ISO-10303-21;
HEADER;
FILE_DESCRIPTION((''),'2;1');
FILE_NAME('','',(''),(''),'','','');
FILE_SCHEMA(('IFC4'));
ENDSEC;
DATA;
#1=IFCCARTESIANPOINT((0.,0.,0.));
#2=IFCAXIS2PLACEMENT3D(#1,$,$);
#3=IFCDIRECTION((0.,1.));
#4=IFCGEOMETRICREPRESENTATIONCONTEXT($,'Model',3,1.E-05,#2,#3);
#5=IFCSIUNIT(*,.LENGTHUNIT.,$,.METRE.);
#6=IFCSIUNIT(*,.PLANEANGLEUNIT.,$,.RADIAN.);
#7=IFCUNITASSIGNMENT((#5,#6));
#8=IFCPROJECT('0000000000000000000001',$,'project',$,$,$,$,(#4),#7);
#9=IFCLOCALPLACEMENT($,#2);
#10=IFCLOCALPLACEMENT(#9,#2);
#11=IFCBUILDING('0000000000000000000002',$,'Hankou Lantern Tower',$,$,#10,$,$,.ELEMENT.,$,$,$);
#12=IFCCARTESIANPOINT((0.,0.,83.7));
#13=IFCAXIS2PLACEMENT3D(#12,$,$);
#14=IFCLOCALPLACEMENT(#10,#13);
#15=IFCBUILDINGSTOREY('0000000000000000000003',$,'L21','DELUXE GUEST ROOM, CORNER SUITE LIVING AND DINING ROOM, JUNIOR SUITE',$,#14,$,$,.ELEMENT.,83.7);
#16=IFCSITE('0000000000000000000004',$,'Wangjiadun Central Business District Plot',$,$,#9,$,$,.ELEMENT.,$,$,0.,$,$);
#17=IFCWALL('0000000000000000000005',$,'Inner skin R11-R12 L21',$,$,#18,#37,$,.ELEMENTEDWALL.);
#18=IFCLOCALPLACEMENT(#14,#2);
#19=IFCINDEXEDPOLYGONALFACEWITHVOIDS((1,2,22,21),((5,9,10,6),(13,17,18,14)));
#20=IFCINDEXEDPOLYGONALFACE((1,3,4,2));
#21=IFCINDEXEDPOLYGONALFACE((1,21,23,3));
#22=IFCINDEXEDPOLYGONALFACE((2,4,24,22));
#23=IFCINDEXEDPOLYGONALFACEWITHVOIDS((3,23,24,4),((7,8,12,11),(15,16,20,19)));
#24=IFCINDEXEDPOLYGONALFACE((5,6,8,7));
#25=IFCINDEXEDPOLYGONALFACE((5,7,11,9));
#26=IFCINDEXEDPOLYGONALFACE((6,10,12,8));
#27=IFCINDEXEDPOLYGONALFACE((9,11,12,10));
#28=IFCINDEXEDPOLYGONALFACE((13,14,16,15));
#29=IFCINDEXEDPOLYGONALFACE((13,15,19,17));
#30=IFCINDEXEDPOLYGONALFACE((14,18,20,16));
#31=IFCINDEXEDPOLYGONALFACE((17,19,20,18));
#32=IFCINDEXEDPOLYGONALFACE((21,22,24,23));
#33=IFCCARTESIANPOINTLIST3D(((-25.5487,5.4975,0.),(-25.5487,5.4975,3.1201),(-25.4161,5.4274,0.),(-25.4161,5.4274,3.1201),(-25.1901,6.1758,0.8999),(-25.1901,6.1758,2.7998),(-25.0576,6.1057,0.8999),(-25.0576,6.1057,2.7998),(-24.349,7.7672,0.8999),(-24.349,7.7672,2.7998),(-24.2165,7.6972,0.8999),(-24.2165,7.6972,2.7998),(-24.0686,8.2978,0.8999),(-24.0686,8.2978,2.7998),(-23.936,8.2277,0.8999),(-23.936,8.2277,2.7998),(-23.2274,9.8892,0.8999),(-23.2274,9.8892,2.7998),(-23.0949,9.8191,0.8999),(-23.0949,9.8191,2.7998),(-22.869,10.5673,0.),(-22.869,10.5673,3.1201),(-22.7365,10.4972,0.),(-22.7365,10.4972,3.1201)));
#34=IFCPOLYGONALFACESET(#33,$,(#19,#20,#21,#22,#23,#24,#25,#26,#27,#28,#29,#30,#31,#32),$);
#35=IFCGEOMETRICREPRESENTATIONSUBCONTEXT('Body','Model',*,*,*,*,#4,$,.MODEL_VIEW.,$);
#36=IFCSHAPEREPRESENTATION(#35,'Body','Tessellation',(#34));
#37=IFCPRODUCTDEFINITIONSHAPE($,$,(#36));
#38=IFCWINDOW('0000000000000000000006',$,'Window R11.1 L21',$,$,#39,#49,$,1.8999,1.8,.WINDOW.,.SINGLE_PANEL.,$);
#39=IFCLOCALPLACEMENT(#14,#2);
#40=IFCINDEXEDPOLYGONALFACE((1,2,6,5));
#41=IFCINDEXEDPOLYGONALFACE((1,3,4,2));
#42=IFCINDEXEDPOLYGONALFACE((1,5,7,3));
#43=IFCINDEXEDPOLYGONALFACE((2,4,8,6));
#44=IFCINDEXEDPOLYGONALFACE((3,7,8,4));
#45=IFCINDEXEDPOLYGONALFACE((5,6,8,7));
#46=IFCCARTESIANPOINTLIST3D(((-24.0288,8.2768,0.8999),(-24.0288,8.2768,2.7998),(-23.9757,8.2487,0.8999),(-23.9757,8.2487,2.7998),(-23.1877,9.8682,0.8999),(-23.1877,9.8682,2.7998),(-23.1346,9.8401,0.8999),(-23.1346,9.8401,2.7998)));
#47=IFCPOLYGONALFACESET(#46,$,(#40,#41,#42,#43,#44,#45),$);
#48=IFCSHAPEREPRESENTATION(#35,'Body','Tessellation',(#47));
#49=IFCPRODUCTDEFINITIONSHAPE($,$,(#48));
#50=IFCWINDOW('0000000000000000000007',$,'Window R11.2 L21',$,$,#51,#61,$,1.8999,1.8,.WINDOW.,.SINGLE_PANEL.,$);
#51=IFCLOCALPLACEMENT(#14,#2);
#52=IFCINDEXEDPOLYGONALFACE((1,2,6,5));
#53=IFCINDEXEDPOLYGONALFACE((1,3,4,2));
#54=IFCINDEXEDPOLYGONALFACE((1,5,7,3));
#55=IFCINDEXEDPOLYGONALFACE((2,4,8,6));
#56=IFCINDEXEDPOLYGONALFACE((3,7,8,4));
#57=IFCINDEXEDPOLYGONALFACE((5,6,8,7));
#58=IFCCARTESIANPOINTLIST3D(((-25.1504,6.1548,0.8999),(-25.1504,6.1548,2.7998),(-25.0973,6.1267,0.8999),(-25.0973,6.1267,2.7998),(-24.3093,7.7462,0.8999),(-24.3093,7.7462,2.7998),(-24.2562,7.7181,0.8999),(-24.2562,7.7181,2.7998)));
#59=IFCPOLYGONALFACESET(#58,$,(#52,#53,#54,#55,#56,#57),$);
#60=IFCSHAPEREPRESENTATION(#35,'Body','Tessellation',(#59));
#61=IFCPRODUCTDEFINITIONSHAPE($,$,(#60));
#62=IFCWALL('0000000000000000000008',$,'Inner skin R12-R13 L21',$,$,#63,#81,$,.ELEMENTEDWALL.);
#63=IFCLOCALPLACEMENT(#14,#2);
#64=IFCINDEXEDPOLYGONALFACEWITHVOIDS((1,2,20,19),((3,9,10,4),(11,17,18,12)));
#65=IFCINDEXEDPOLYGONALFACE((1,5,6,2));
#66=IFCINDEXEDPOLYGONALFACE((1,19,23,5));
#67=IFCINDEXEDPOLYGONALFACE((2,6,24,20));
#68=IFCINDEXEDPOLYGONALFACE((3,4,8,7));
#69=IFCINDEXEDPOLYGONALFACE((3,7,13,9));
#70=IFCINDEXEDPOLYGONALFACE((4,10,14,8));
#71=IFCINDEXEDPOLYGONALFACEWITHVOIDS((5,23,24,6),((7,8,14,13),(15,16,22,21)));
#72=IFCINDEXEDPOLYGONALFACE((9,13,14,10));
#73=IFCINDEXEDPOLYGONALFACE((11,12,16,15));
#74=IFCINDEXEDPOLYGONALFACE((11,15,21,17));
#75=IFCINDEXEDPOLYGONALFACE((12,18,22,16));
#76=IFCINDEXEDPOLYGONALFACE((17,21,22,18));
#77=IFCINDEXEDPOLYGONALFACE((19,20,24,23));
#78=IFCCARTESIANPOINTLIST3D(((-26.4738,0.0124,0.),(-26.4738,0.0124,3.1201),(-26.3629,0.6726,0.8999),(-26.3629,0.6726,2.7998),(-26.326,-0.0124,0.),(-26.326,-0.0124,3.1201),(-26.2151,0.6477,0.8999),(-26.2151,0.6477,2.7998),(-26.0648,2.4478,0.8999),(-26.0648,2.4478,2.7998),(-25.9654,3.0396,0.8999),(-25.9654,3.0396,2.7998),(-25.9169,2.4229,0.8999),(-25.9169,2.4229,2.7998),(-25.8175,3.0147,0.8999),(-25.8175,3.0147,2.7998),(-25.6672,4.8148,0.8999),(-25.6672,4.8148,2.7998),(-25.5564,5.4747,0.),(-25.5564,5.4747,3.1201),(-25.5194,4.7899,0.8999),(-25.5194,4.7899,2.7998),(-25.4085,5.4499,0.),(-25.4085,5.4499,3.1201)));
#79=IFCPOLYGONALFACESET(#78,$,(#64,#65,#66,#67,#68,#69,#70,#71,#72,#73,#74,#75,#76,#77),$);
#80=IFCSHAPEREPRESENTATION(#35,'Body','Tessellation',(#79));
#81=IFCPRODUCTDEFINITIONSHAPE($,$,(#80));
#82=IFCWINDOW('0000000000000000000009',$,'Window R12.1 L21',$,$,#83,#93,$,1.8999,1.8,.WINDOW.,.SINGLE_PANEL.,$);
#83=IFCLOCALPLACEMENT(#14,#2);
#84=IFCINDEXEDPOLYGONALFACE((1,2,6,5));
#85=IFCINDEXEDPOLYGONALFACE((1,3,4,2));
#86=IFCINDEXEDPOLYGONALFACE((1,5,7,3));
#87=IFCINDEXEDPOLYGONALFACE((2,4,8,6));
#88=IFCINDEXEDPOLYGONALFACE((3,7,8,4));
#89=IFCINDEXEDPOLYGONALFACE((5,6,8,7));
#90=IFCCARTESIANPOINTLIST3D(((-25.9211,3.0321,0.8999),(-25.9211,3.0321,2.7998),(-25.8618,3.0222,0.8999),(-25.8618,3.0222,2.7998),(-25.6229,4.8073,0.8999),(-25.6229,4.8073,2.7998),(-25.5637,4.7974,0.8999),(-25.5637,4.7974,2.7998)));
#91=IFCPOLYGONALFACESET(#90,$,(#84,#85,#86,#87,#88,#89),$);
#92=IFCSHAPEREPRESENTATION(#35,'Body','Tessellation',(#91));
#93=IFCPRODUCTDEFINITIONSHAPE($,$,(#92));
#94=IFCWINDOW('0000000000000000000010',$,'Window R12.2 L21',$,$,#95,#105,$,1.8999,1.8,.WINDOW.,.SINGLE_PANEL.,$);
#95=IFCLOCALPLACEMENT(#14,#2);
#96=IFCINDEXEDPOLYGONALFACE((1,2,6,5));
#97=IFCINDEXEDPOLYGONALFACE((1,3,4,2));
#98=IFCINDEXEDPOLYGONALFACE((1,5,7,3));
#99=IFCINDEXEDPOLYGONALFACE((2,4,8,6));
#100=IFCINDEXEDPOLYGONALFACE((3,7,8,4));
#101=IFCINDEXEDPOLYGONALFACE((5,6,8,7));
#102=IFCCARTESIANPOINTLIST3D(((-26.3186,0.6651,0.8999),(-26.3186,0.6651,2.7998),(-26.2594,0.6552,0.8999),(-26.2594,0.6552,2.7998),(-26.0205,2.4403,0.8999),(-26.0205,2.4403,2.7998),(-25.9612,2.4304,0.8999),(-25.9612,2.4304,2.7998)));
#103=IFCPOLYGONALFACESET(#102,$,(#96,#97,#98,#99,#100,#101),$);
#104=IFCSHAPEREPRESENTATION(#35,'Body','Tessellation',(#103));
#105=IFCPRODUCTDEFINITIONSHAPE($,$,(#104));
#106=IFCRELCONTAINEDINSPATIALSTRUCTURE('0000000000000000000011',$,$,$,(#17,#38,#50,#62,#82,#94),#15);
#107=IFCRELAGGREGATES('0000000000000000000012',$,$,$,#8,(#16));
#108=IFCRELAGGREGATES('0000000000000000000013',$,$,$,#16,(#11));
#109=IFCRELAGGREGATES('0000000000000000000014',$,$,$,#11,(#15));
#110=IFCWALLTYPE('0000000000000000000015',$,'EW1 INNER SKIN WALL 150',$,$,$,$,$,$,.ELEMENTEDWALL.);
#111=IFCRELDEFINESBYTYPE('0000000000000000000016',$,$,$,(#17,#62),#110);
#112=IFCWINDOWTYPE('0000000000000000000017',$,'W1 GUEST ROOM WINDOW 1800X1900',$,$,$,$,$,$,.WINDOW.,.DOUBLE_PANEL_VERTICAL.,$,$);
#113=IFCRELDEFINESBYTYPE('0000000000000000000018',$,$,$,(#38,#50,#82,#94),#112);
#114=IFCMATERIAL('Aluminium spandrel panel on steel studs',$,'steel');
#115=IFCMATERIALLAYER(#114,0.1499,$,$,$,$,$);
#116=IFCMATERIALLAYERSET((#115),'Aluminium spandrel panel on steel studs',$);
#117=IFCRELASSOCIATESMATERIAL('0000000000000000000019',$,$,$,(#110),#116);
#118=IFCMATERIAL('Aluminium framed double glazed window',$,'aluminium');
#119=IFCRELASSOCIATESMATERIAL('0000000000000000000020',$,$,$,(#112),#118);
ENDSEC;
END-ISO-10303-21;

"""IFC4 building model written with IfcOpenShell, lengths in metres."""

from ifc_helpers import new_model, si_unit, direction, frame, frame_2d, origin, place, context, subcontext, project, spatial, rectangle, extrude, material, layer, layer_set, type_object, element, fill, save


model = new_model("IFC4")

# Units and contexts
model_context = context("Model", 3, precision=1e-05, world=origin(), true_north=direction((0.0, 1.0)))
body_context = subcontext(model_context, "Body", "Model", "MODEL_VIEW")
ifc_project = project(units=[si_unit("LENGTHUNIT", "METRE"), si_unit("PLANEANGLEUNIT", "RADIAN")], contexts=[model_context])

# Site, building, storey
site_placement = place(None, origin())
site = spatial("IfcSite", under=ifc_project, at=site_placement, Name="Wangjiadun Central Business District Plot", CompositionType="ELEMENT", RefElevation=0.0)
building_placement = place(site_placement, origin())
building = spatial("IfcBuilding", under=site, at=building_placement, Name="Hankou Lantern Tower", CompositionType="ELEMENT")
storey_placement = place(building_placement, frame((0.0, 0.0, 83.7)))
storey = spatial("IfcBuildingStorey", under=building, at=storey_placement, Name="L21", Description="DELUXE GUEST ROOM, CORNER SUITE LIVING AND DINING ROOM, JUNIOR SUITE", CompositionType="ELEMENT", Elevation=83.7)

# Walls, openings, windows
ifc_material_1 = material(Name="Aluminium spandrel panel on steel studs", Category="steel")
ifc_layer_1 = layer(ifc_material_1, 0.1499)
ifc_layer_set_1 = layer_set([ifc_layer_1], Name="Aluminium spandrel panel on steel studs")
wall_type = type_object("IfcWallType", Name="EW1 INNER SKIN WALL 150", PredefinedType="ELEMENTEDWALL", material=ifc_layer_set_1)
wall_1_placement = place(storey_placement, frame((-22.8027, 10.5322, 0.0), z_axis=(0.0, 0.0, 1.0), x_axis=(-0.467297, -0.8841, 0.0)))
wall_1 = element("IfcWall", 1, at=wall_1_placement, inside=storey, type_object=wall_type, Name="Inner skin R11-R12 L21", PredefinedType="ELEMENTEDWALL", context=body_context, shape_type="SweptSolid", body=[
    extrude(rectangle(XDim=5.7344, YDim=0.1499, at=frame_2d((2.8672, 0.0))), origin(), (0.0, 0.0, 1.0), 3.1201),
])
opening_1_placement = place(wall_1_placement, frame((0.7671, 0.0, 0.8999)))
opening_1 = element("IfcOpeningElement", 2, at=opening_1_placement, cuts=wall_1, PredefinedType="OPENING", context=body_context, shape_type="SweptSolid", body=[
    extrude(rectangle(XDim=1.8, YDim=1.8999, at=frame_2d((0.8999, 0.95))), frame((0.0, 0.085, 0.0), z_axis=(0.0, -1.0, 0.0), x_axis=(1.0, 0.0, 0.0)), (0.0, 0.0, 1.0), 0.1699),
])
opening_2_placement = place(wall_1_placement, frame((3.1672, 0.0, 0.8999)))
opening_2 = element("IfcOpeningElement", 3, at=opening_2_placement, cuts=wall_1, PredefinedType="OPENING", context=body_context, shape_type="SweptSolid", body=[
    extrude(rectangle(XDim=1.8, YDim=1.8999, at=frame_2d((0.8999, 0.95))), frame((0.0, 0.085, 0.0), z_axis=(0.0, -1.0, 0.0), x_axis=(1.0, 0.0, 0.0)), (0.0, 0.0, 1.0), 0.1699),
])
ifc_material_2 = material(Name="Aluminium framed double glazed window", Category="aluminium")
window_type = type_object("IfcWindowType", Name="W1 GUEST ROOM WINDOW 1800X1900", PartitioningType="DOUBLE_PANEL_VERTICAL", PredefinedType="WINDOW", material=ifc_material_2)
window_1_placement = place(opening_1_placement, origin())
window_1 = element("IfcWindow", 4, at=window_1_placement, inside=storey, type_object=window_type, Name="Window R11.1 L21", OverallHeight=1.8999, OverallWidth=1.8, PartitioningType="SINGLE_PANEL", PredefinedType="WINDOW", context=body_context, shape_type="SweptSolid", body=[
    extrude(rectangle(XDim=1.8, YDim=1.8999, at=frame_2d((0.8999, 0.95))), frame((0.0, 0.03, 0.0), z_axis=(0.0, -1.0, 0.0), x_axis=(1.0, 0.0, 0.0)), (0.0, 0.0, 1.0), 0.0601),
])
fill(opening_1, window_1)
window_2_placement = place(opening_2_placement, origin())
window_2 = element("IfcWindow", 5, at=window_2_placement, inside=storey, type_object=window_type, Name="Window R11.2 L21", OverallHeight=1.8999, OverallWidth=1.8, PartitioningType="SINGLE_PANEL", PredefinedType="WINDOW", context=body_context, shape_type="SweptSolid", body=[
    extrude(rectangle(XDim=1.8, YDim=1.8999, at=frame_2d((0.8999, 0.95))), frame((0.0, 0.03, 0.0), z_axis=(0.0, -1.0, 0.0), x_axis=(1.0, 0.0, 0.0)), (0.0, 0.0, 1.0), 0.0601),
])
fill(opening_2, window_2)
wall_2_placement = place(storey_placement, frame((-25.4824, 5.4624, 0.0), z_axis=(0.0, 0.0, 1.0), x_axis=(-0.165643, -0.986186, 0.0)))
wall_2 = element("IfcWall", 6, at=wall_2_placement, inside=storey, type_object=wall_type, Name="Inner skin R12-R13 L21", PredefinedType="ELEMENTEDWALL", context=body_context, shape_type="SweptSolid", body=[
    extrude(rectangle(XDim=5.5388, YDim=0.1499, at=frame_2d((2.7695, 0.0))), origin(), (0.0, 0.0, 1.0), 3.1201),
])
opening_3_placement = place(wall_2_placement, frame((0.6694, 0.0, 0.8999)))
opening_3 = element("IfcOpeningElement", 7, at=opening_3_placement, cuts=wall_2, PredefinedType="OPENING", context=body_context, shape_type="SweptSolid", body=[
    extrude(rectangle(XDim=1.8, YDim=1.8999, at=frame_2d((0.8999, 0.95))), frame((0.0, 0.085, 0.0), z_axis=(0.0, -1.0, 0.0), x_axis=(1.0, 0.0, 0.0)), (0.0, 0.0, 1.0), 0.1699),
])
opening_4_placement = place(wall_2_placement, frame((3.0696, 0.0, 0.8999)))
opening_4 = element("IfcOpeningElement", 8, at=opening_4_placement, cuts=wall_2, PredefinedType="OPENING", context=body_context, shape_type="SweptSolid", body=[
    extrude(rectangle(XDim=1.8, YDim=1.8999, at=frame_2d((0.8999, 0.95))), frame((0.0, 0.085, 0.0), z_axis=(0.0, -1.0, 0.0), x_axis=(1.0, 0.0, 0.0)), (0.0, 0.0, 1.0), 0.1699),
])
window_3_placement = place(opening_3_placement, origin())
window_3 = element("IfcWindow", 9, at=window_3_placement, inside=storey, type_object=window_type, Name="Window R12.1 L21", OverallHeight=1.8999, OverallWidth=1.8, PartitioningType="SINGLE_PANEL", PredefinedType="WINDOW", context=body_context, shape_type="SweptSolid", body=[
    extrude(rectangle(XDim=1.8, YDim=1.8999, at=frame_2d((0.8999, 0.95))), frame((0.0, 0.03, 0.0), z_axis=(0.0, -1.0, 0.0), x_axis=(1.0, 0.0, 0.0)), (0.0, 0.0, 1.0), 0.0601),
])
fill(opening_3, window_3)
window_4_placement = place(opening_4_placement, origin())
window_4 = element("IfcWindow", 10, at=window_4_placement, inside=storey, type_object=window_type, Name="Window R12.2 L21", OverallHeight=1.8999, OverallWidth=1.8, PartitioningType="SINGLE_PANEL", PredefinedType="WINDOW", context=body_context, shape_type="SweptSolid", body=[
    extrude(rectangle(XDim=1.8, YDim=1.8999, at=frame_2d((0.8999, 0.95))), frame((0.0, 0.03, 0.0), z_axis=(0.0, -1.0, 0.0), x_axis=(1.0, 0.0, 0.0)), (0.0, 0.0, 1.0), 0.0601),
])
fill(opening_4, window_4)

save(model, "model.ifc")
